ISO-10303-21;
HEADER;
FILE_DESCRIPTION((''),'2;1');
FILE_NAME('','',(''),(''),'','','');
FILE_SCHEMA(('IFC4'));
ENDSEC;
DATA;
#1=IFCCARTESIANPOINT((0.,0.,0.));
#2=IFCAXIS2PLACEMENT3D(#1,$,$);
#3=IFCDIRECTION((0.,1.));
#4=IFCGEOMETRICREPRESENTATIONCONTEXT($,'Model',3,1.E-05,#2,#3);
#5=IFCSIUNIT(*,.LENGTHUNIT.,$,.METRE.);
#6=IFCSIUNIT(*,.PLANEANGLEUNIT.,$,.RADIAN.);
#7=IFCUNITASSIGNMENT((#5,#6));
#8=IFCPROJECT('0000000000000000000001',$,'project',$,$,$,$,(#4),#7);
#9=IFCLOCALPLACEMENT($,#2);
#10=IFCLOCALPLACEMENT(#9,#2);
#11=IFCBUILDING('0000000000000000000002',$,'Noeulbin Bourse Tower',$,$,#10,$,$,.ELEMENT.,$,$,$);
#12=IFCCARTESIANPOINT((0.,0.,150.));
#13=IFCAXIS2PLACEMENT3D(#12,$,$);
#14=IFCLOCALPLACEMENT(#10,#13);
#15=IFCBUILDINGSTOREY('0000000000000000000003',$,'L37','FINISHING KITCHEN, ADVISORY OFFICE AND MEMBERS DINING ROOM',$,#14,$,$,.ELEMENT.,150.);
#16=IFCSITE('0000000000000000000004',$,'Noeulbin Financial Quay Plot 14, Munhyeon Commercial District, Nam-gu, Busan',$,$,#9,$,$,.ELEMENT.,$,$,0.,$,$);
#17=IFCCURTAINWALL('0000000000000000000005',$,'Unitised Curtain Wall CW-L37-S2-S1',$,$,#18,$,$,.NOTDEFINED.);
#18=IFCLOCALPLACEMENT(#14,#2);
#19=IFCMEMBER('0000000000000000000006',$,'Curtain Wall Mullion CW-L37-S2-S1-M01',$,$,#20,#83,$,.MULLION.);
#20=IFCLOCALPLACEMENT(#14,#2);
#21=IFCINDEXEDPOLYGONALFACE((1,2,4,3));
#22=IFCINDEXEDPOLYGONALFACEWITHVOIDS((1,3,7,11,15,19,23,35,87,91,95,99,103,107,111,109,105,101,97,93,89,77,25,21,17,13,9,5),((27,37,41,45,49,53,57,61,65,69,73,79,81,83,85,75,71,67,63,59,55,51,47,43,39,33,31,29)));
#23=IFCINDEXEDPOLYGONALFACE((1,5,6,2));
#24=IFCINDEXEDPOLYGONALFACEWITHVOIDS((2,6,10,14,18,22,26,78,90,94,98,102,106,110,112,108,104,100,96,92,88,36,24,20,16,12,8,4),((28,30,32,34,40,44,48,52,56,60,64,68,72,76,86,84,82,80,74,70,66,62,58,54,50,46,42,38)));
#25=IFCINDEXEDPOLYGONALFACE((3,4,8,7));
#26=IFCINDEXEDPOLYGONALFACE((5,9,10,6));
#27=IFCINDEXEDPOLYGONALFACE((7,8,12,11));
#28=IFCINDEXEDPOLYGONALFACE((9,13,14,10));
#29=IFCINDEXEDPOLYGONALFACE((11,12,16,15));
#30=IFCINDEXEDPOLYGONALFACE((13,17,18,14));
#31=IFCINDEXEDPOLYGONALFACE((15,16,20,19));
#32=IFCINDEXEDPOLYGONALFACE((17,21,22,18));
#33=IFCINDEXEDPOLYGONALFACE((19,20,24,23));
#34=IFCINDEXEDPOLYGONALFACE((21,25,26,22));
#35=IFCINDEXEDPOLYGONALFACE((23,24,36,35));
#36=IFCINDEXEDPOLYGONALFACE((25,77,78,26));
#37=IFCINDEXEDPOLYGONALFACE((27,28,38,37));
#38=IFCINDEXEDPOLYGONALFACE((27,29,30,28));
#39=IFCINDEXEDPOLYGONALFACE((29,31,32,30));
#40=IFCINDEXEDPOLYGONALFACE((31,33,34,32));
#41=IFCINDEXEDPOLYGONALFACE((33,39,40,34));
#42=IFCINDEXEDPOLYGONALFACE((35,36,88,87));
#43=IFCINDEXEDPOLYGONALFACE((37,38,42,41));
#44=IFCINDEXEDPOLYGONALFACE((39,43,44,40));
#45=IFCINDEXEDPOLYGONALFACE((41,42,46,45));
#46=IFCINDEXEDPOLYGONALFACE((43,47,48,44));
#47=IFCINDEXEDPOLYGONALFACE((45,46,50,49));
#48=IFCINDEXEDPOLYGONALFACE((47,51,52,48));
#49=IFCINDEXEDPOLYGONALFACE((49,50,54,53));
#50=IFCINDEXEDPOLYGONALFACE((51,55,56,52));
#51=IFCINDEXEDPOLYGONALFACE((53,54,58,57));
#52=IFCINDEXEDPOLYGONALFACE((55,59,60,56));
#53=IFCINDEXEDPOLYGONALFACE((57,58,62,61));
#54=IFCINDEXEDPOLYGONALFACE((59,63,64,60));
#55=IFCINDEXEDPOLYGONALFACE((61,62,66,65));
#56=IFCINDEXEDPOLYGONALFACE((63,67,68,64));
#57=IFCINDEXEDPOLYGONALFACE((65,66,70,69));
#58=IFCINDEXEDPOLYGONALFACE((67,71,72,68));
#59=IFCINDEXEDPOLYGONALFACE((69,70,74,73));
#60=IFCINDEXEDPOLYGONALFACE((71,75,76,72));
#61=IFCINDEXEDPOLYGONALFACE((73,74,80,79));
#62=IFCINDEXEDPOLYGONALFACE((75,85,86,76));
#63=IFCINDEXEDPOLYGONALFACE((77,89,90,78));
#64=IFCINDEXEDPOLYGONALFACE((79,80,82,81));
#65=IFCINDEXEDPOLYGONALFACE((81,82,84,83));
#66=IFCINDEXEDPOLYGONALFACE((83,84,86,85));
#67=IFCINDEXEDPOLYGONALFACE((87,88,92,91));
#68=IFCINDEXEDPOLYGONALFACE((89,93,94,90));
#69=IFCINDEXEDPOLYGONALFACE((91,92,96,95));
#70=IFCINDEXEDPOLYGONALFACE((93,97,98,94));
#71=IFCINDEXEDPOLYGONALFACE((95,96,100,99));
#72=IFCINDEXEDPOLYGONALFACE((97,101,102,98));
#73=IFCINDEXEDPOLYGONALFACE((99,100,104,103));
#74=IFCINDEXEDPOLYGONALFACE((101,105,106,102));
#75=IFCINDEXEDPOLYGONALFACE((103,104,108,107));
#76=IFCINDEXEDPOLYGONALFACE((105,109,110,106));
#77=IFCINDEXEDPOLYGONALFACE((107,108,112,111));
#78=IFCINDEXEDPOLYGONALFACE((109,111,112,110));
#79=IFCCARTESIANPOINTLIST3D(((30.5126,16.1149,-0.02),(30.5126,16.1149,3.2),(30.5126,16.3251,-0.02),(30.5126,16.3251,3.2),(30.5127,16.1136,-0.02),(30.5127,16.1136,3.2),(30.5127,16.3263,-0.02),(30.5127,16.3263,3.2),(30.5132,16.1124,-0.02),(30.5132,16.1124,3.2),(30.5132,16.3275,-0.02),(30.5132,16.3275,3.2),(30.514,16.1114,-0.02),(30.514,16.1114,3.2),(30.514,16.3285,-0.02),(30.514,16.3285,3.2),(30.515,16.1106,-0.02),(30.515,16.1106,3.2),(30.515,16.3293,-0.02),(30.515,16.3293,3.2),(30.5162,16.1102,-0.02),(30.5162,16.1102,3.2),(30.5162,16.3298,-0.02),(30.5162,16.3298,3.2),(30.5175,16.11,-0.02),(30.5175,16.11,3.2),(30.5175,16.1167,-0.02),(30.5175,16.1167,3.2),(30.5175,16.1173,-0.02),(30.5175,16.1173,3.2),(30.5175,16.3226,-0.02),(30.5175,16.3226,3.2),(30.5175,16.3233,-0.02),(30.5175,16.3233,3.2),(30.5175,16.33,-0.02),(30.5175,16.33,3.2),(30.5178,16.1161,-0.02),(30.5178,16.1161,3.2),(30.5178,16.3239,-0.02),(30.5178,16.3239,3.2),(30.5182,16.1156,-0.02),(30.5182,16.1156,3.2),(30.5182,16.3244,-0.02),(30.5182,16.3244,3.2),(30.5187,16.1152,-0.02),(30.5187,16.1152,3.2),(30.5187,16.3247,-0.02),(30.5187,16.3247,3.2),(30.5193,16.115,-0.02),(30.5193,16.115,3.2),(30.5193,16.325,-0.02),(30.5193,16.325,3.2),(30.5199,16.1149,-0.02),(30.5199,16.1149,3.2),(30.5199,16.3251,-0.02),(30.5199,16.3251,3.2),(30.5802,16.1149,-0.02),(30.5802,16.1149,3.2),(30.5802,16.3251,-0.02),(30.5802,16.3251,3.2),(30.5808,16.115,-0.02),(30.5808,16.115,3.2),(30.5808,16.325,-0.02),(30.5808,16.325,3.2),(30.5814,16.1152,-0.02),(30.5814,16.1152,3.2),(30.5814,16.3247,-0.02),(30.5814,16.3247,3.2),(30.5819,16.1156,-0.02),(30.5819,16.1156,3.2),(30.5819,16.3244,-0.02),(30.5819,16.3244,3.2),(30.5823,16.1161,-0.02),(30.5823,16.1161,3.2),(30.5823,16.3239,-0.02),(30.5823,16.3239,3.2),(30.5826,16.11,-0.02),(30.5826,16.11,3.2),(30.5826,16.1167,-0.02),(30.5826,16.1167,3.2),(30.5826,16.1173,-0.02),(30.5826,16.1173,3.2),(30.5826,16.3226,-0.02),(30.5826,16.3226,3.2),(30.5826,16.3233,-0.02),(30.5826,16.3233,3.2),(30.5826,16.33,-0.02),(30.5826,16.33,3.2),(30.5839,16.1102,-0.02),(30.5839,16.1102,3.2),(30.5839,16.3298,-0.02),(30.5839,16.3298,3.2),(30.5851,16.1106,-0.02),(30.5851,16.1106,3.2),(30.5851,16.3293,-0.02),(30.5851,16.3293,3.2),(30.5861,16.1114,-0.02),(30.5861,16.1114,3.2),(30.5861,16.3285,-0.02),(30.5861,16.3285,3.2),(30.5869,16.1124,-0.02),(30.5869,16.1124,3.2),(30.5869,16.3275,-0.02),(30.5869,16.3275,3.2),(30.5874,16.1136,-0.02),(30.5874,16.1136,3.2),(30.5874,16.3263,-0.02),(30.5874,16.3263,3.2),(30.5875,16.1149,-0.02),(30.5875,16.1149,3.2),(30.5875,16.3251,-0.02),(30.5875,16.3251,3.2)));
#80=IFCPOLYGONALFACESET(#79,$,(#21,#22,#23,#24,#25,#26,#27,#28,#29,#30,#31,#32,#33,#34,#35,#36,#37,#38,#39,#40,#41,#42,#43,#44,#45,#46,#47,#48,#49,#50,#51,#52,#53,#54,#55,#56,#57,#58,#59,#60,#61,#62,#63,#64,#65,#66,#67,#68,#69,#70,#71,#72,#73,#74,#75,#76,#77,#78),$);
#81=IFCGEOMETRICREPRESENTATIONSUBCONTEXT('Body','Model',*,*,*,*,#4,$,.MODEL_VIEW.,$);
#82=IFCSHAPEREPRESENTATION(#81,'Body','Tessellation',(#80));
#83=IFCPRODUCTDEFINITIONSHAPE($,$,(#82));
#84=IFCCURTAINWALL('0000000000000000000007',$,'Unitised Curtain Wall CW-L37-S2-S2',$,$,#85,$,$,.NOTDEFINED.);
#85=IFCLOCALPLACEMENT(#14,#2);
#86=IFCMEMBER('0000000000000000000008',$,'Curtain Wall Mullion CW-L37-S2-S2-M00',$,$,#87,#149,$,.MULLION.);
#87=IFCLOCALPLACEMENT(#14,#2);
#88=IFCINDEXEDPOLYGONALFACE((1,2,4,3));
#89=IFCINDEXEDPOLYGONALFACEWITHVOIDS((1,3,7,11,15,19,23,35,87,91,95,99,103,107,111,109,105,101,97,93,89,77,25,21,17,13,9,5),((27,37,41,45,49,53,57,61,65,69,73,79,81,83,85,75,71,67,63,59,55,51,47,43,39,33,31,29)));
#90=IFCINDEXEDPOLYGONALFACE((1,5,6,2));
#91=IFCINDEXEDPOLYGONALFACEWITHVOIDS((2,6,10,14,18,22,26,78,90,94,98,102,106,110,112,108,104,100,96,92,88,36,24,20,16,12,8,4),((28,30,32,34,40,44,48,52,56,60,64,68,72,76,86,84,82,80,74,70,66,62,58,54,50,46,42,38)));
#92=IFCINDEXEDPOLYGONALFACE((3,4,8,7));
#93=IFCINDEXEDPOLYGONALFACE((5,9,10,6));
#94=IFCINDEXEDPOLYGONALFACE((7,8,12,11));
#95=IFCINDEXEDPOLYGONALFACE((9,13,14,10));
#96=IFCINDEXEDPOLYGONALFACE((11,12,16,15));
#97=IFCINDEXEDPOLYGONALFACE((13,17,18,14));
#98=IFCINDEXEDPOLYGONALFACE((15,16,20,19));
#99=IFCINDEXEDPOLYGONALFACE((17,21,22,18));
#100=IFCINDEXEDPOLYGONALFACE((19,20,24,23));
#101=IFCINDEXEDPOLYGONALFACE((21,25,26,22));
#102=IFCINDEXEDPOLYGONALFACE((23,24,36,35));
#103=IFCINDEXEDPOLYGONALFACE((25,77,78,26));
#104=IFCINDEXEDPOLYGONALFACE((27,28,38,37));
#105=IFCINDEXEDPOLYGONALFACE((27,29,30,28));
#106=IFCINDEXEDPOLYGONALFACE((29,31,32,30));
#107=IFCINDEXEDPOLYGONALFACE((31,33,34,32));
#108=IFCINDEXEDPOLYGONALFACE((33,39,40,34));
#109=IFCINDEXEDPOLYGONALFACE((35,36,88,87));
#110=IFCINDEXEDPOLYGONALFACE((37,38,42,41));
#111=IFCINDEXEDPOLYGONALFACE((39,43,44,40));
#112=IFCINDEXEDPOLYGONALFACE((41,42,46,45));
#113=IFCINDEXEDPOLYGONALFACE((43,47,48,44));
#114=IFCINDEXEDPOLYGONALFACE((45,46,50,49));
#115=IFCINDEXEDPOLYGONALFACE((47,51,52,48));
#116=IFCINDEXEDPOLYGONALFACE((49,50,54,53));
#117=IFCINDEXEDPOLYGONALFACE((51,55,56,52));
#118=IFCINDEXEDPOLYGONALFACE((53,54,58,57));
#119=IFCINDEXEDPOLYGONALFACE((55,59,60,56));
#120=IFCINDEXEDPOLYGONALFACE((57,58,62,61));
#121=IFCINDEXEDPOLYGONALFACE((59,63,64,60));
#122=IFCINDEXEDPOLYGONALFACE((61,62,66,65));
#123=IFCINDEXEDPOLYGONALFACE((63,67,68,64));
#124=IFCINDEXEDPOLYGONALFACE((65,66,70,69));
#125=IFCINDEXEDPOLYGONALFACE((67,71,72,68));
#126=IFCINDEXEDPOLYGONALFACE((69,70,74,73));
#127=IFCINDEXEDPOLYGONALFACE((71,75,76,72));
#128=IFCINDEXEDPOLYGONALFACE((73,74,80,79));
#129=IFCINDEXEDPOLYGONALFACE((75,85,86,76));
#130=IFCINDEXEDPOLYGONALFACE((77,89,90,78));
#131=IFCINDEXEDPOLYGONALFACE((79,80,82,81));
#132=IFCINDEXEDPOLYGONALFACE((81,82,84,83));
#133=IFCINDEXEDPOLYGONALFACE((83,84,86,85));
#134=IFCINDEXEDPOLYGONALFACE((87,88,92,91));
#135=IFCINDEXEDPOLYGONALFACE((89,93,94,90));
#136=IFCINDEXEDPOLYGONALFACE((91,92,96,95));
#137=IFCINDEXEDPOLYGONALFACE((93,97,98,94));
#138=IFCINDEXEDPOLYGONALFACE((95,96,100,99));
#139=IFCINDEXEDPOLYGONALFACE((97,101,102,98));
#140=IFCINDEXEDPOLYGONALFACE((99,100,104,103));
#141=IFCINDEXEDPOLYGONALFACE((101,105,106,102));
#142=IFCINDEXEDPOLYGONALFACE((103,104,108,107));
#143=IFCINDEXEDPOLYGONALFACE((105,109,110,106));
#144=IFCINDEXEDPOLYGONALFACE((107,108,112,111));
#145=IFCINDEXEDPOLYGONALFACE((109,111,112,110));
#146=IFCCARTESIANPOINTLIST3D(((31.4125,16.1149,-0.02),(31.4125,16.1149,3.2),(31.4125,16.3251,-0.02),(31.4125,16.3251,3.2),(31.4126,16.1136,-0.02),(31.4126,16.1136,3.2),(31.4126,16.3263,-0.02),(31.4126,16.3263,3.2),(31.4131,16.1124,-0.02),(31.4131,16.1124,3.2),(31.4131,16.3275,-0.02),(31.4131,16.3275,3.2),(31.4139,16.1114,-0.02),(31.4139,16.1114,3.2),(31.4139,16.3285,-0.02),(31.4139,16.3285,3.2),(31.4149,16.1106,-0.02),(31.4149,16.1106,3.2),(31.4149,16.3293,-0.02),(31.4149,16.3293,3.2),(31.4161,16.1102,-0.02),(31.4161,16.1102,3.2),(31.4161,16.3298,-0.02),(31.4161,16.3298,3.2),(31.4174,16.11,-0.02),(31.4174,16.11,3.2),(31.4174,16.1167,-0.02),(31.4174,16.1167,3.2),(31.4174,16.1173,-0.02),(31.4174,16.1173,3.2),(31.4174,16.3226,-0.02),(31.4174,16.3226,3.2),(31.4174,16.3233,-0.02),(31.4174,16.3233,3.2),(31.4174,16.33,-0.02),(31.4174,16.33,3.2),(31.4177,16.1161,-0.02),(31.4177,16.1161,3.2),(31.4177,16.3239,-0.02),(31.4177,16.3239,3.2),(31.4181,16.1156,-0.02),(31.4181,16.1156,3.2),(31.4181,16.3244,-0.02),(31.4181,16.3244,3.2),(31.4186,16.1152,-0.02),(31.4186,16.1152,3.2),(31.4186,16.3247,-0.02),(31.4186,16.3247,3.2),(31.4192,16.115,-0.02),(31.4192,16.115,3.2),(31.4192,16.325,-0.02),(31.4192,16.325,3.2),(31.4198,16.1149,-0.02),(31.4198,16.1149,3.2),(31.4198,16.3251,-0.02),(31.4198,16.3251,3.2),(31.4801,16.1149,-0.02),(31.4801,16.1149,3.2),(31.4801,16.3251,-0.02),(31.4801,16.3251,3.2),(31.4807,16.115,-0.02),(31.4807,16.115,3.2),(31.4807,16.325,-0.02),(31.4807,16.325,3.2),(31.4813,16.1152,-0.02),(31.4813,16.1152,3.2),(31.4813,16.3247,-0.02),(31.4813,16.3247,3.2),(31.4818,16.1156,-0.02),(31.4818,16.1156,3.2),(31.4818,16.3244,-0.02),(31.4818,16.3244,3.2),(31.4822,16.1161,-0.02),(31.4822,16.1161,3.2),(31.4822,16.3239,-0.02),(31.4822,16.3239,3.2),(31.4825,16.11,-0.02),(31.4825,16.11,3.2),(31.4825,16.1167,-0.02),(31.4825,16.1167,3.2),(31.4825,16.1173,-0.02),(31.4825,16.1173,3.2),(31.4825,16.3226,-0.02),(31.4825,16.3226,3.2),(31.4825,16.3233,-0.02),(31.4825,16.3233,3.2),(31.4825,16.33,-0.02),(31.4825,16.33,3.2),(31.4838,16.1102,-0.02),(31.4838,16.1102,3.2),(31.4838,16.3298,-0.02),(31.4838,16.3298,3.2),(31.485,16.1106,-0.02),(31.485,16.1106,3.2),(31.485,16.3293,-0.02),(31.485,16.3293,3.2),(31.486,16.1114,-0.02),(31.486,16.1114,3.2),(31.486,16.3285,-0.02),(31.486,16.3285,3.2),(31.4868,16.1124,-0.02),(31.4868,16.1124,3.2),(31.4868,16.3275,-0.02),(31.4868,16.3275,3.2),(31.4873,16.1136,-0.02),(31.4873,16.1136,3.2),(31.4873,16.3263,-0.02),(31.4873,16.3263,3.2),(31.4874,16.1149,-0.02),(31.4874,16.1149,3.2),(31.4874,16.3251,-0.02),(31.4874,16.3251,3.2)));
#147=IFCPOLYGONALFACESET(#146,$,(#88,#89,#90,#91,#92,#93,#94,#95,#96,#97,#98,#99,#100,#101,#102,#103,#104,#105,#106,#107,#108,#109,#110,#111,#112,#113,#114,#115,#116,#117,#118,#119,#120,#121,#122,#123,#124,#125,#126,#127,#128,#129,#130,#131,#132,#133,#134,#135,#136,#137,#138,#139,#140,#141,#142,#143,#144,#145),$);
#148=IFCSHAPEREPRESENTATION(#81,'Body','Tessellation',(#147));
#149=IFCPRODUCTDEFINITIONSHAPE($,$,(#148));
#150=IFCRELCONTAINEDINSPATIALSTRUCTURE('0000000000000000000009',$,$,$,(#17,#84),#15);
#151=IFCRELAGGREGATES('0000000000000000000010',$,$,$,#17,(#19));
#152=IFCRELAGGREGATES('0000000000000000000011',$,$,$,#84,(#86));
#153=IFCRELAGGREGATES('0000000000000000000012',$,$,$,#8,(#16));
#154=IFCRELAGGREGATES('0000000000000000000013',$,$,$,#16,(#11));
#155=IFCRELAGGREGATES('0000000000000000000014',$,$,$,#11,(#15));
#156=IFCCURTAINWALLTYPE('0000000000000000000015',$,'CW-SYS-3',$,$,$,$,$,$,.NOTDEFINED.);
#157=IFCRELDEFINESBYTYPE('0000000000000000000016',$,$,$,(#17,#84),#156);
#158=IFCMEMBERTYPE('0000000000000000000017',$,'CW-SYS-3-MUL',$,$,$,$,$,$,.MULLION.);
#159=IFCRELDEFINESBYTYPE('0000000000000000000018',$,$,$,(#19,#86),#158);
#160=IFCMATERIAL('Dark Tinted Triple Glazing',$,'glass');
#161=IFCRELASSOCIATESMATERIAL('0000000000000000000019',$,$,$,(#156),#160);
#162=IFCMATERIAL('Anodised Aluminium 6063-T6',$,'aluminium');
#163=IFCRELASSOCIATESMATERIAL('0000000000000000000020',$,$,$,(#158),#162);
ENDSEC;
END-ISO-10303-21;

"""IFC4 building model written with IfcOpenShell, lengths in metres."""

from ifc_helpers import new_model, si_unit, direction, frame, origin, origin_2d, place, context, subcontext, project, spatial, hollow_rectangle, extrude, material, material_profile, profile_set, type_object, element, aggregate, save


model = new_model("IFC4")

# Units and contexts
model_context = context("Model", 3, precision=1e-05, world=origin(), true_north=direction((0.0, 1.0)))
body_context = subcontext(model_context, "Body", "Model", "MODEL_VIEW")
ifc_project = project(units=[si_unit("LENGTHUNIT", "METRE"), si_unit("PLANEANGLEUNIT", "RADIAN")], contexts=[model_context])

# Site, building, storey
site_placement = place(None, origin())
site = spatial("IfcSite", under=ifc_project, at=site_placement, Name="Noeulbin Financial Quay Plot 14, Munhyeon Commercial District, Nam-gu, Busan", CompositionType="ELEMENT", RefElevation=0.0)
building_placement = place(site_placement, origin())
building = spatial("IfcBuilding", under=site, at=building_placement, Name="Noeulbin Bourse Tower", CompositionType="ELEMENT")
storey_placement = place(building_placement, frame((0.0, 0.0, 150.0)))
storey = spatial("IfcBuildingStorey", under=building, at=storey_placement, Name="L37", Description="FINISHING KITCHEN, ADVISORY OFFICE AND MEMBERS DINING ROOM", CompositionType="ELEMENT", Elevation=150.0)

# Curtain walls, members
ifc_material_1 = material(Name="Dark Tinted Triple Glazing", Category="glass")
curtain_wall_type = type_object("IfcCurtainWallType", Name="CW-SYS-3", PredefinedType="NOTDEFINED", material=ifc_material_1)
curtain_wall_1_placement = place(storey_placement, origin())
curtain_wall_1 = element("IfcCurtainWall", 1, at=curtain_wall_1_placement, inside=storey, type_object=curtain_wall_type, Name="Unitised Curtain Wall CW-L37-S2-S1", PredefinedType="NOTDEFINED")
ifc_material_2 = material(Name="Anodised Aluminium 6063-T6", Category="aluminium")
ifc_material_profile_1 = material_profile(ifc_material_2, hollow_rectangle(XDim=0.075, YDim=0.22, WallThickness=0.0049, InnerFilletRadius=0.0024, OuterFilletRadius=0.0049, at=origin_2d()), Name="ALU-MULL-75x220x5", Category="LoadBearing")
ifc_profile_set_1 = profile_set([ifc_material_profile_1], Name="Anodised Aluminium 6063-T6")
member_type_1 = type_object("IfcMemberType", Name="CW-SYS-3-MUL", PredefinedType="MULLION", material=ifc_profile_set_1)
member_1_placement = place(storey_placement, frame((30.55, 16.22, -0.02), z_axis=(0.0, 0.0, 1.0), x_axis=(1.0, 0.0, 0.0)))
member_1 = element("IfcMember", 2, at=member_1_placement, type_object=member_type_1, Name="Curtain Wall Mullion CW-L37-S2-S1-M01", PredefinedType="MULLION", context=body_context, shape_type="SweptSolid", body=[
    extrude(hollow_rectangle(XDim=0.075, YDim=0.22, WallThickness=0.0049, InnerFilletRadius=0.0024, OuterFilletRadius=0.0049, at=origin_2d()), origin(), (0.0, 0.0, 1.0), 3.22),
])
curtain_wall_2_placement = place(storey_placement, origin())
curtain_wall_2 = element("IfcCurtainWall", 3, at=curtain_wall_2_placement, inside=storey, type_object=curtain_wall_type, Name="Unitised Curtain Wall CW-L37-S2-S2", PredefinedType="NOTDEFINED")
member_2_placement = place(storey_placement, frame((31.45, 16.22, -0.02), z_axis=(0.0, 0.0, 1.0), x_axis=(1.0, 0.0, 0.0)))
member_2 = element("IfcMember", 4, at=member_2_placement, type_object=member_type_1, Name="Curtain Wall Mullion CW-L37-S2-S2-M00", PredefinedType="MULLION", context=body_context, shape_type="SweptSolid", body=[
    extrude(hollow_rectangle(XDim=0.075, YDim=0.22, WallThickness=0.0049, InnerFilletRadius=0.0024, OuterFilletRadius=0.0049, at=origin_2d()), origin(), (0.0, 0.0, 1.0), 3.22),
])

aggregate(curtain_wall_1, [member_1])
aggregate(curtain_wall_2, [member_2])

save(model, "model.ifc")
